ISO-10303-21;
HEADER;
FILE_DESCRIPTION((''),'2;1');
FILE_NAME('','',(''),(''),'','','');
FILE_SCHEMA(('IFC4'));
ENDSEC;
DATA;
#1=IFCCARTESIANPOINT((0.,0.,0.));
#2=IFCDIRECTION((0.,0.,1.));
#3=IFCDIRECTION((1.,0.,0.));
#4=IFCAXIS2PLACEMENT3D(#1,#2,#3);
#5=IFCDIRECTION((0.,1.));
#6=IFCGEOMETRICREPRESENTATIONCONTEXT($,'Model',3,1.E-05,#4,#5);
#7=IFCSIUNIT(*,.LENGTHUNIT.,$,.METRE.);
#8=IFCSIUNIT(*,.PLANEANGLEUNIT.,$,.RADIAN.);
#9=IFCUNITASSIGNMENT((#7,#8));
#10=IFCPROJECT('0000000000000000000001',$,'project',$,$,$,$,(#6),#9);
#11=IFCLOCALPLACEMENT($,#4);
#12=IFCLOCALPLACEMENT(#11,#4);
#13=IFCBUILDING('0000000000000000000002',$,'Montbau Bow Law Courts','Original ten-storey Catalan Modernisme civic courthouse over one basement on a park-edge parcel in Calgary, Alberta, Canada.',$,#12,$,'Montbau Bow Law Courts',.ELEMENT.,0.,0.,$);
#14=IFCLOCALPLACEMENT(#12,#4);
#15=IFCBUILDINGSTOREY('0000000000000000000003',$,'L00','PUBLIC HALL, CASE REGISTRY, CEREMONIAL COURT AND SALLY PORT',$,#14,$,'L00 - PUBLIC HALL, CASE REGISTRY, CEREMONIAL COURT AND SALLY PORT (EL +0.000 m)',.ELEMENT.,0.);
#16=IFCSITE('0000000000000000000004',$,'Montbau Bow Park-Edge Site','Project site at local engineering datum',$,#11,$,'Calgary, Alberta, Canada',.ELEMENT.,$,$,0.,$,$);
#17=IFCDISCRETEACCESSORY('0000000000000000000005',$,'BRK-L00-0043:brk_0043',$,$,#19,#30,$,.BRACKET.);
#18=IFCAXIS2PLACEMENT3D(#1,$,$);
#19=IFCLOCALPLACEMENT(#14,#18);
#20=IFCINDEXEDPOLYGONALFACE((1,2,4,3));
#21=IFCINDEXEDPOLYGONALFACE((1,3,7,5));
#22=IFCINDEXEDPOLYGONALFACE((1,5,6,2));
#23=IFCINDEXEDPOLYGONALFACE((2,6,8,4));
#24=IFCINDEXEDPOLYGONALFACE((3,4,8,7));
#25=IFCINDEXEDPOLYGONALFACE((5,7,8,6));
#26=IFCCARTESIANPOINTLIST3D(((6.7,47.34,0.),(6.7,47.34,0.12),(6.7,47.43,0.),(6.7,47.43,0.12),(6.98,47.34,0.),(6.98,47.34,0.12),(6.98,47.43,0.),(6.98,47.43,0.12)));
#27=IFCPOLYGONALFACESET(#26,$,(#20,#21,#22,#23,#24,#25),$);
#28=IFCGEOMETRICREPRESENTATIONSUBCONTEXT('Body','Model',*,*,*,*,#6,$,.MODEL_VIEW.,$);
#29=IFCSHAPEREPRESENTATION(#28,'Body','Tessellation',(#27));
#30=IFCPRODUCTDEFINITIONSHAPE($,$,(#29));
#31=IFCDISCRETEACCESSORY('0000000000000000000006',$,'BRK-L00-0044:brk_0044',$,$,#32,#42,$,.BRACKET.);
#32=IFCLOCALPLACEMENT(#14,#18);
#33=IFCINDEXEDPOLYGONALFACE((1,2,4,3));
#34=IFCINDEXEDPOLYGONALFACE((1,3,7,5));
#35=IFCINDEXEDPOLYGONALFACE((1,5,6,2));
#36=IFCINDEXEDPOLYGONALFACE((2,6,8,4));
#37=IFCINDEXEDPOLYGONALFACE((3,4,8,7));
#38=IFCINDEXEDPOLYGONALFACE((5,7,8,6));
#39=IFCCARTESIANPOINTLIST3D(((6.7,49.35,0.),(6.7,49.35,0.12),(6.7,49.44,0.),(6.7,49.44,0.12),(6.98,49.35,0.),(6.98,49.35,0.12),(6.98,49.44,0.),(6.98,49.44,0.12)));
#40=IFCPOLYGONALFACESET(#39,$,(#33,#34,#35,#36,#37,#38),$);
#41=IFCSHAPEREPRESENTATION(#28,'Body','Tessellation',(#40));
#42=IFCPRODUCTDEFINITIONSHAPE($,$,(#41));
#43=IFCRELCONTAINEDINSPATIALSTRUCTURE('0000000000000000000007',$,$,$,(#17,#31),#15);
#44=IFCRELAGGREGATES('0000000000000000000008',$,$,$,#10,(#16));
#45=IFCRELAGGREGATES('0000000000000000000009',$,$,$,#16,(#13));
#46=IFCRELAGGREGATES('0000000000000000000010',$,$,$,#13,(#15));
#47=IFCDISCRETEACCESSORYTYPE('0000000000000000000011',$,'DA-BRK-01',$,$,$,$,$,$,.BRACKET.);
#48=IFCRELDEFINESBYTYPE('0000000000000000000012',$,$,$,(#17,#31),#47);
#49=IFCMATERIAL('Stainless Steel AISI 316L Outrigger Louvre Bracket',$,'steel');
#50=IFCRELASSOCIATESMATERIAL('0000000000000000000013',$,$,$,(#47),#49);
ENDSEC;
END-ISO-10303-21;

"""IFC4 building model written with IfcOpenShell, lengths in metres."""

from ifc_helpers import new_model, si_unit, direction, frame, origin_with_axes, origin_2d_with_axis, place, context, subcontext, project, spatial, rectangle, extrude, material, type_object, element, save


model = new_model("IFC4")

# Units and contexts
model_context = context("Model", 3, precision=1e-05, world=origin_with_axes(), true_north=direction((0.0, 1.0)))
body_context = subcontext(model_context, "Body", "Model", "MODEL_VIEW")
ifc_project = project(units=[si_unit("LENGTHUNIT", "METRE"), si_unit("PLANEANGLEUNIT", "RADIAN")], contexts=[model_context])

# Site, building, storey
site_placement = place(None, origin_with_axes())
site = spatial("IfcSite", under=ifc_project, at=site_placement, Name="Montbau Bow Park-Edge Site", Description="Project site at local engineering datum", LongName="Calgary, Alberta, Canada", CompositionType="ELEMENT", RefElevation=0.0)
building_placement = place(site_placement, origin_with_axes())
building = spatial("IfcBuilding", under=site, at=building_placement, Name="Montbau Bow Law Courts", Description="Original ten-storey Catalan Modernisme civic courthouse over one basement on a park-edge parcel in Calgary, Alberta, Canada.", LongName="Montbau Bow Law Courts", CompositionType="ELEMENT", ElevationOfRefHeight=0.0, ElevationOfTerrain=0.0)
storey_placement = place(building_placement, origin_with_axes())
storey = spatial("IfcBuildingStorey", under=building, at=storey_placement, Name="L00", Description="PUBLIC HALL, CASE REGISTRY, CEREMONIAL COURT AND SALLY PORT", LongName="L00 - PUBLIC HALL, CASE REGISTRY, CEREMONIAL COURT AND SALLY PORT (EL +0.000 m)", CompositionType="ELEMENT", Elevation=0.0)

# Discrete accessories
ifc_material_1 = material(Name="Stainless Steel AISI 316L Outrigger Louvre Bracket", Category="steel")
discrete_accessory_type = type_object("IfcDiscreteAccessoryType", Name="DA-BRK-01", PredefinedType="BRACKET", material=ifc_material_1)
for number, where, z_axis, x_axis, name in (
    (1, (6.84, 47.385, 0.0), (0.0, 0.0, 1.0), (-1.0, 0.0, 0.0), "BRK-L00-0043:brk_0043"),
    (2, (6.84, 49.395, 0.0), (0.0, 0.0, 1.0), (-1.0, 0.0, 0.0), "BRK-L00-0044:brk_0044"),
):
    element("IfcDiscreteAccessory", number, at=place(None, frame(where, z_axis=z_axis, x_axis=x_axis)), inside=storey, type_object=discrete_accessory_type, Name=name, PredefinedType="BRACKET", context=body_context, shape_type="SweptSolid", body=[
        extrude(rectangle(XDim=0.28, YDim=0.09, at=origin_2d_with_axis()), origin_with_axes(), (0.0, 0.0, 1.0), 0.12),
    ])

save(model, "model.ifc")
